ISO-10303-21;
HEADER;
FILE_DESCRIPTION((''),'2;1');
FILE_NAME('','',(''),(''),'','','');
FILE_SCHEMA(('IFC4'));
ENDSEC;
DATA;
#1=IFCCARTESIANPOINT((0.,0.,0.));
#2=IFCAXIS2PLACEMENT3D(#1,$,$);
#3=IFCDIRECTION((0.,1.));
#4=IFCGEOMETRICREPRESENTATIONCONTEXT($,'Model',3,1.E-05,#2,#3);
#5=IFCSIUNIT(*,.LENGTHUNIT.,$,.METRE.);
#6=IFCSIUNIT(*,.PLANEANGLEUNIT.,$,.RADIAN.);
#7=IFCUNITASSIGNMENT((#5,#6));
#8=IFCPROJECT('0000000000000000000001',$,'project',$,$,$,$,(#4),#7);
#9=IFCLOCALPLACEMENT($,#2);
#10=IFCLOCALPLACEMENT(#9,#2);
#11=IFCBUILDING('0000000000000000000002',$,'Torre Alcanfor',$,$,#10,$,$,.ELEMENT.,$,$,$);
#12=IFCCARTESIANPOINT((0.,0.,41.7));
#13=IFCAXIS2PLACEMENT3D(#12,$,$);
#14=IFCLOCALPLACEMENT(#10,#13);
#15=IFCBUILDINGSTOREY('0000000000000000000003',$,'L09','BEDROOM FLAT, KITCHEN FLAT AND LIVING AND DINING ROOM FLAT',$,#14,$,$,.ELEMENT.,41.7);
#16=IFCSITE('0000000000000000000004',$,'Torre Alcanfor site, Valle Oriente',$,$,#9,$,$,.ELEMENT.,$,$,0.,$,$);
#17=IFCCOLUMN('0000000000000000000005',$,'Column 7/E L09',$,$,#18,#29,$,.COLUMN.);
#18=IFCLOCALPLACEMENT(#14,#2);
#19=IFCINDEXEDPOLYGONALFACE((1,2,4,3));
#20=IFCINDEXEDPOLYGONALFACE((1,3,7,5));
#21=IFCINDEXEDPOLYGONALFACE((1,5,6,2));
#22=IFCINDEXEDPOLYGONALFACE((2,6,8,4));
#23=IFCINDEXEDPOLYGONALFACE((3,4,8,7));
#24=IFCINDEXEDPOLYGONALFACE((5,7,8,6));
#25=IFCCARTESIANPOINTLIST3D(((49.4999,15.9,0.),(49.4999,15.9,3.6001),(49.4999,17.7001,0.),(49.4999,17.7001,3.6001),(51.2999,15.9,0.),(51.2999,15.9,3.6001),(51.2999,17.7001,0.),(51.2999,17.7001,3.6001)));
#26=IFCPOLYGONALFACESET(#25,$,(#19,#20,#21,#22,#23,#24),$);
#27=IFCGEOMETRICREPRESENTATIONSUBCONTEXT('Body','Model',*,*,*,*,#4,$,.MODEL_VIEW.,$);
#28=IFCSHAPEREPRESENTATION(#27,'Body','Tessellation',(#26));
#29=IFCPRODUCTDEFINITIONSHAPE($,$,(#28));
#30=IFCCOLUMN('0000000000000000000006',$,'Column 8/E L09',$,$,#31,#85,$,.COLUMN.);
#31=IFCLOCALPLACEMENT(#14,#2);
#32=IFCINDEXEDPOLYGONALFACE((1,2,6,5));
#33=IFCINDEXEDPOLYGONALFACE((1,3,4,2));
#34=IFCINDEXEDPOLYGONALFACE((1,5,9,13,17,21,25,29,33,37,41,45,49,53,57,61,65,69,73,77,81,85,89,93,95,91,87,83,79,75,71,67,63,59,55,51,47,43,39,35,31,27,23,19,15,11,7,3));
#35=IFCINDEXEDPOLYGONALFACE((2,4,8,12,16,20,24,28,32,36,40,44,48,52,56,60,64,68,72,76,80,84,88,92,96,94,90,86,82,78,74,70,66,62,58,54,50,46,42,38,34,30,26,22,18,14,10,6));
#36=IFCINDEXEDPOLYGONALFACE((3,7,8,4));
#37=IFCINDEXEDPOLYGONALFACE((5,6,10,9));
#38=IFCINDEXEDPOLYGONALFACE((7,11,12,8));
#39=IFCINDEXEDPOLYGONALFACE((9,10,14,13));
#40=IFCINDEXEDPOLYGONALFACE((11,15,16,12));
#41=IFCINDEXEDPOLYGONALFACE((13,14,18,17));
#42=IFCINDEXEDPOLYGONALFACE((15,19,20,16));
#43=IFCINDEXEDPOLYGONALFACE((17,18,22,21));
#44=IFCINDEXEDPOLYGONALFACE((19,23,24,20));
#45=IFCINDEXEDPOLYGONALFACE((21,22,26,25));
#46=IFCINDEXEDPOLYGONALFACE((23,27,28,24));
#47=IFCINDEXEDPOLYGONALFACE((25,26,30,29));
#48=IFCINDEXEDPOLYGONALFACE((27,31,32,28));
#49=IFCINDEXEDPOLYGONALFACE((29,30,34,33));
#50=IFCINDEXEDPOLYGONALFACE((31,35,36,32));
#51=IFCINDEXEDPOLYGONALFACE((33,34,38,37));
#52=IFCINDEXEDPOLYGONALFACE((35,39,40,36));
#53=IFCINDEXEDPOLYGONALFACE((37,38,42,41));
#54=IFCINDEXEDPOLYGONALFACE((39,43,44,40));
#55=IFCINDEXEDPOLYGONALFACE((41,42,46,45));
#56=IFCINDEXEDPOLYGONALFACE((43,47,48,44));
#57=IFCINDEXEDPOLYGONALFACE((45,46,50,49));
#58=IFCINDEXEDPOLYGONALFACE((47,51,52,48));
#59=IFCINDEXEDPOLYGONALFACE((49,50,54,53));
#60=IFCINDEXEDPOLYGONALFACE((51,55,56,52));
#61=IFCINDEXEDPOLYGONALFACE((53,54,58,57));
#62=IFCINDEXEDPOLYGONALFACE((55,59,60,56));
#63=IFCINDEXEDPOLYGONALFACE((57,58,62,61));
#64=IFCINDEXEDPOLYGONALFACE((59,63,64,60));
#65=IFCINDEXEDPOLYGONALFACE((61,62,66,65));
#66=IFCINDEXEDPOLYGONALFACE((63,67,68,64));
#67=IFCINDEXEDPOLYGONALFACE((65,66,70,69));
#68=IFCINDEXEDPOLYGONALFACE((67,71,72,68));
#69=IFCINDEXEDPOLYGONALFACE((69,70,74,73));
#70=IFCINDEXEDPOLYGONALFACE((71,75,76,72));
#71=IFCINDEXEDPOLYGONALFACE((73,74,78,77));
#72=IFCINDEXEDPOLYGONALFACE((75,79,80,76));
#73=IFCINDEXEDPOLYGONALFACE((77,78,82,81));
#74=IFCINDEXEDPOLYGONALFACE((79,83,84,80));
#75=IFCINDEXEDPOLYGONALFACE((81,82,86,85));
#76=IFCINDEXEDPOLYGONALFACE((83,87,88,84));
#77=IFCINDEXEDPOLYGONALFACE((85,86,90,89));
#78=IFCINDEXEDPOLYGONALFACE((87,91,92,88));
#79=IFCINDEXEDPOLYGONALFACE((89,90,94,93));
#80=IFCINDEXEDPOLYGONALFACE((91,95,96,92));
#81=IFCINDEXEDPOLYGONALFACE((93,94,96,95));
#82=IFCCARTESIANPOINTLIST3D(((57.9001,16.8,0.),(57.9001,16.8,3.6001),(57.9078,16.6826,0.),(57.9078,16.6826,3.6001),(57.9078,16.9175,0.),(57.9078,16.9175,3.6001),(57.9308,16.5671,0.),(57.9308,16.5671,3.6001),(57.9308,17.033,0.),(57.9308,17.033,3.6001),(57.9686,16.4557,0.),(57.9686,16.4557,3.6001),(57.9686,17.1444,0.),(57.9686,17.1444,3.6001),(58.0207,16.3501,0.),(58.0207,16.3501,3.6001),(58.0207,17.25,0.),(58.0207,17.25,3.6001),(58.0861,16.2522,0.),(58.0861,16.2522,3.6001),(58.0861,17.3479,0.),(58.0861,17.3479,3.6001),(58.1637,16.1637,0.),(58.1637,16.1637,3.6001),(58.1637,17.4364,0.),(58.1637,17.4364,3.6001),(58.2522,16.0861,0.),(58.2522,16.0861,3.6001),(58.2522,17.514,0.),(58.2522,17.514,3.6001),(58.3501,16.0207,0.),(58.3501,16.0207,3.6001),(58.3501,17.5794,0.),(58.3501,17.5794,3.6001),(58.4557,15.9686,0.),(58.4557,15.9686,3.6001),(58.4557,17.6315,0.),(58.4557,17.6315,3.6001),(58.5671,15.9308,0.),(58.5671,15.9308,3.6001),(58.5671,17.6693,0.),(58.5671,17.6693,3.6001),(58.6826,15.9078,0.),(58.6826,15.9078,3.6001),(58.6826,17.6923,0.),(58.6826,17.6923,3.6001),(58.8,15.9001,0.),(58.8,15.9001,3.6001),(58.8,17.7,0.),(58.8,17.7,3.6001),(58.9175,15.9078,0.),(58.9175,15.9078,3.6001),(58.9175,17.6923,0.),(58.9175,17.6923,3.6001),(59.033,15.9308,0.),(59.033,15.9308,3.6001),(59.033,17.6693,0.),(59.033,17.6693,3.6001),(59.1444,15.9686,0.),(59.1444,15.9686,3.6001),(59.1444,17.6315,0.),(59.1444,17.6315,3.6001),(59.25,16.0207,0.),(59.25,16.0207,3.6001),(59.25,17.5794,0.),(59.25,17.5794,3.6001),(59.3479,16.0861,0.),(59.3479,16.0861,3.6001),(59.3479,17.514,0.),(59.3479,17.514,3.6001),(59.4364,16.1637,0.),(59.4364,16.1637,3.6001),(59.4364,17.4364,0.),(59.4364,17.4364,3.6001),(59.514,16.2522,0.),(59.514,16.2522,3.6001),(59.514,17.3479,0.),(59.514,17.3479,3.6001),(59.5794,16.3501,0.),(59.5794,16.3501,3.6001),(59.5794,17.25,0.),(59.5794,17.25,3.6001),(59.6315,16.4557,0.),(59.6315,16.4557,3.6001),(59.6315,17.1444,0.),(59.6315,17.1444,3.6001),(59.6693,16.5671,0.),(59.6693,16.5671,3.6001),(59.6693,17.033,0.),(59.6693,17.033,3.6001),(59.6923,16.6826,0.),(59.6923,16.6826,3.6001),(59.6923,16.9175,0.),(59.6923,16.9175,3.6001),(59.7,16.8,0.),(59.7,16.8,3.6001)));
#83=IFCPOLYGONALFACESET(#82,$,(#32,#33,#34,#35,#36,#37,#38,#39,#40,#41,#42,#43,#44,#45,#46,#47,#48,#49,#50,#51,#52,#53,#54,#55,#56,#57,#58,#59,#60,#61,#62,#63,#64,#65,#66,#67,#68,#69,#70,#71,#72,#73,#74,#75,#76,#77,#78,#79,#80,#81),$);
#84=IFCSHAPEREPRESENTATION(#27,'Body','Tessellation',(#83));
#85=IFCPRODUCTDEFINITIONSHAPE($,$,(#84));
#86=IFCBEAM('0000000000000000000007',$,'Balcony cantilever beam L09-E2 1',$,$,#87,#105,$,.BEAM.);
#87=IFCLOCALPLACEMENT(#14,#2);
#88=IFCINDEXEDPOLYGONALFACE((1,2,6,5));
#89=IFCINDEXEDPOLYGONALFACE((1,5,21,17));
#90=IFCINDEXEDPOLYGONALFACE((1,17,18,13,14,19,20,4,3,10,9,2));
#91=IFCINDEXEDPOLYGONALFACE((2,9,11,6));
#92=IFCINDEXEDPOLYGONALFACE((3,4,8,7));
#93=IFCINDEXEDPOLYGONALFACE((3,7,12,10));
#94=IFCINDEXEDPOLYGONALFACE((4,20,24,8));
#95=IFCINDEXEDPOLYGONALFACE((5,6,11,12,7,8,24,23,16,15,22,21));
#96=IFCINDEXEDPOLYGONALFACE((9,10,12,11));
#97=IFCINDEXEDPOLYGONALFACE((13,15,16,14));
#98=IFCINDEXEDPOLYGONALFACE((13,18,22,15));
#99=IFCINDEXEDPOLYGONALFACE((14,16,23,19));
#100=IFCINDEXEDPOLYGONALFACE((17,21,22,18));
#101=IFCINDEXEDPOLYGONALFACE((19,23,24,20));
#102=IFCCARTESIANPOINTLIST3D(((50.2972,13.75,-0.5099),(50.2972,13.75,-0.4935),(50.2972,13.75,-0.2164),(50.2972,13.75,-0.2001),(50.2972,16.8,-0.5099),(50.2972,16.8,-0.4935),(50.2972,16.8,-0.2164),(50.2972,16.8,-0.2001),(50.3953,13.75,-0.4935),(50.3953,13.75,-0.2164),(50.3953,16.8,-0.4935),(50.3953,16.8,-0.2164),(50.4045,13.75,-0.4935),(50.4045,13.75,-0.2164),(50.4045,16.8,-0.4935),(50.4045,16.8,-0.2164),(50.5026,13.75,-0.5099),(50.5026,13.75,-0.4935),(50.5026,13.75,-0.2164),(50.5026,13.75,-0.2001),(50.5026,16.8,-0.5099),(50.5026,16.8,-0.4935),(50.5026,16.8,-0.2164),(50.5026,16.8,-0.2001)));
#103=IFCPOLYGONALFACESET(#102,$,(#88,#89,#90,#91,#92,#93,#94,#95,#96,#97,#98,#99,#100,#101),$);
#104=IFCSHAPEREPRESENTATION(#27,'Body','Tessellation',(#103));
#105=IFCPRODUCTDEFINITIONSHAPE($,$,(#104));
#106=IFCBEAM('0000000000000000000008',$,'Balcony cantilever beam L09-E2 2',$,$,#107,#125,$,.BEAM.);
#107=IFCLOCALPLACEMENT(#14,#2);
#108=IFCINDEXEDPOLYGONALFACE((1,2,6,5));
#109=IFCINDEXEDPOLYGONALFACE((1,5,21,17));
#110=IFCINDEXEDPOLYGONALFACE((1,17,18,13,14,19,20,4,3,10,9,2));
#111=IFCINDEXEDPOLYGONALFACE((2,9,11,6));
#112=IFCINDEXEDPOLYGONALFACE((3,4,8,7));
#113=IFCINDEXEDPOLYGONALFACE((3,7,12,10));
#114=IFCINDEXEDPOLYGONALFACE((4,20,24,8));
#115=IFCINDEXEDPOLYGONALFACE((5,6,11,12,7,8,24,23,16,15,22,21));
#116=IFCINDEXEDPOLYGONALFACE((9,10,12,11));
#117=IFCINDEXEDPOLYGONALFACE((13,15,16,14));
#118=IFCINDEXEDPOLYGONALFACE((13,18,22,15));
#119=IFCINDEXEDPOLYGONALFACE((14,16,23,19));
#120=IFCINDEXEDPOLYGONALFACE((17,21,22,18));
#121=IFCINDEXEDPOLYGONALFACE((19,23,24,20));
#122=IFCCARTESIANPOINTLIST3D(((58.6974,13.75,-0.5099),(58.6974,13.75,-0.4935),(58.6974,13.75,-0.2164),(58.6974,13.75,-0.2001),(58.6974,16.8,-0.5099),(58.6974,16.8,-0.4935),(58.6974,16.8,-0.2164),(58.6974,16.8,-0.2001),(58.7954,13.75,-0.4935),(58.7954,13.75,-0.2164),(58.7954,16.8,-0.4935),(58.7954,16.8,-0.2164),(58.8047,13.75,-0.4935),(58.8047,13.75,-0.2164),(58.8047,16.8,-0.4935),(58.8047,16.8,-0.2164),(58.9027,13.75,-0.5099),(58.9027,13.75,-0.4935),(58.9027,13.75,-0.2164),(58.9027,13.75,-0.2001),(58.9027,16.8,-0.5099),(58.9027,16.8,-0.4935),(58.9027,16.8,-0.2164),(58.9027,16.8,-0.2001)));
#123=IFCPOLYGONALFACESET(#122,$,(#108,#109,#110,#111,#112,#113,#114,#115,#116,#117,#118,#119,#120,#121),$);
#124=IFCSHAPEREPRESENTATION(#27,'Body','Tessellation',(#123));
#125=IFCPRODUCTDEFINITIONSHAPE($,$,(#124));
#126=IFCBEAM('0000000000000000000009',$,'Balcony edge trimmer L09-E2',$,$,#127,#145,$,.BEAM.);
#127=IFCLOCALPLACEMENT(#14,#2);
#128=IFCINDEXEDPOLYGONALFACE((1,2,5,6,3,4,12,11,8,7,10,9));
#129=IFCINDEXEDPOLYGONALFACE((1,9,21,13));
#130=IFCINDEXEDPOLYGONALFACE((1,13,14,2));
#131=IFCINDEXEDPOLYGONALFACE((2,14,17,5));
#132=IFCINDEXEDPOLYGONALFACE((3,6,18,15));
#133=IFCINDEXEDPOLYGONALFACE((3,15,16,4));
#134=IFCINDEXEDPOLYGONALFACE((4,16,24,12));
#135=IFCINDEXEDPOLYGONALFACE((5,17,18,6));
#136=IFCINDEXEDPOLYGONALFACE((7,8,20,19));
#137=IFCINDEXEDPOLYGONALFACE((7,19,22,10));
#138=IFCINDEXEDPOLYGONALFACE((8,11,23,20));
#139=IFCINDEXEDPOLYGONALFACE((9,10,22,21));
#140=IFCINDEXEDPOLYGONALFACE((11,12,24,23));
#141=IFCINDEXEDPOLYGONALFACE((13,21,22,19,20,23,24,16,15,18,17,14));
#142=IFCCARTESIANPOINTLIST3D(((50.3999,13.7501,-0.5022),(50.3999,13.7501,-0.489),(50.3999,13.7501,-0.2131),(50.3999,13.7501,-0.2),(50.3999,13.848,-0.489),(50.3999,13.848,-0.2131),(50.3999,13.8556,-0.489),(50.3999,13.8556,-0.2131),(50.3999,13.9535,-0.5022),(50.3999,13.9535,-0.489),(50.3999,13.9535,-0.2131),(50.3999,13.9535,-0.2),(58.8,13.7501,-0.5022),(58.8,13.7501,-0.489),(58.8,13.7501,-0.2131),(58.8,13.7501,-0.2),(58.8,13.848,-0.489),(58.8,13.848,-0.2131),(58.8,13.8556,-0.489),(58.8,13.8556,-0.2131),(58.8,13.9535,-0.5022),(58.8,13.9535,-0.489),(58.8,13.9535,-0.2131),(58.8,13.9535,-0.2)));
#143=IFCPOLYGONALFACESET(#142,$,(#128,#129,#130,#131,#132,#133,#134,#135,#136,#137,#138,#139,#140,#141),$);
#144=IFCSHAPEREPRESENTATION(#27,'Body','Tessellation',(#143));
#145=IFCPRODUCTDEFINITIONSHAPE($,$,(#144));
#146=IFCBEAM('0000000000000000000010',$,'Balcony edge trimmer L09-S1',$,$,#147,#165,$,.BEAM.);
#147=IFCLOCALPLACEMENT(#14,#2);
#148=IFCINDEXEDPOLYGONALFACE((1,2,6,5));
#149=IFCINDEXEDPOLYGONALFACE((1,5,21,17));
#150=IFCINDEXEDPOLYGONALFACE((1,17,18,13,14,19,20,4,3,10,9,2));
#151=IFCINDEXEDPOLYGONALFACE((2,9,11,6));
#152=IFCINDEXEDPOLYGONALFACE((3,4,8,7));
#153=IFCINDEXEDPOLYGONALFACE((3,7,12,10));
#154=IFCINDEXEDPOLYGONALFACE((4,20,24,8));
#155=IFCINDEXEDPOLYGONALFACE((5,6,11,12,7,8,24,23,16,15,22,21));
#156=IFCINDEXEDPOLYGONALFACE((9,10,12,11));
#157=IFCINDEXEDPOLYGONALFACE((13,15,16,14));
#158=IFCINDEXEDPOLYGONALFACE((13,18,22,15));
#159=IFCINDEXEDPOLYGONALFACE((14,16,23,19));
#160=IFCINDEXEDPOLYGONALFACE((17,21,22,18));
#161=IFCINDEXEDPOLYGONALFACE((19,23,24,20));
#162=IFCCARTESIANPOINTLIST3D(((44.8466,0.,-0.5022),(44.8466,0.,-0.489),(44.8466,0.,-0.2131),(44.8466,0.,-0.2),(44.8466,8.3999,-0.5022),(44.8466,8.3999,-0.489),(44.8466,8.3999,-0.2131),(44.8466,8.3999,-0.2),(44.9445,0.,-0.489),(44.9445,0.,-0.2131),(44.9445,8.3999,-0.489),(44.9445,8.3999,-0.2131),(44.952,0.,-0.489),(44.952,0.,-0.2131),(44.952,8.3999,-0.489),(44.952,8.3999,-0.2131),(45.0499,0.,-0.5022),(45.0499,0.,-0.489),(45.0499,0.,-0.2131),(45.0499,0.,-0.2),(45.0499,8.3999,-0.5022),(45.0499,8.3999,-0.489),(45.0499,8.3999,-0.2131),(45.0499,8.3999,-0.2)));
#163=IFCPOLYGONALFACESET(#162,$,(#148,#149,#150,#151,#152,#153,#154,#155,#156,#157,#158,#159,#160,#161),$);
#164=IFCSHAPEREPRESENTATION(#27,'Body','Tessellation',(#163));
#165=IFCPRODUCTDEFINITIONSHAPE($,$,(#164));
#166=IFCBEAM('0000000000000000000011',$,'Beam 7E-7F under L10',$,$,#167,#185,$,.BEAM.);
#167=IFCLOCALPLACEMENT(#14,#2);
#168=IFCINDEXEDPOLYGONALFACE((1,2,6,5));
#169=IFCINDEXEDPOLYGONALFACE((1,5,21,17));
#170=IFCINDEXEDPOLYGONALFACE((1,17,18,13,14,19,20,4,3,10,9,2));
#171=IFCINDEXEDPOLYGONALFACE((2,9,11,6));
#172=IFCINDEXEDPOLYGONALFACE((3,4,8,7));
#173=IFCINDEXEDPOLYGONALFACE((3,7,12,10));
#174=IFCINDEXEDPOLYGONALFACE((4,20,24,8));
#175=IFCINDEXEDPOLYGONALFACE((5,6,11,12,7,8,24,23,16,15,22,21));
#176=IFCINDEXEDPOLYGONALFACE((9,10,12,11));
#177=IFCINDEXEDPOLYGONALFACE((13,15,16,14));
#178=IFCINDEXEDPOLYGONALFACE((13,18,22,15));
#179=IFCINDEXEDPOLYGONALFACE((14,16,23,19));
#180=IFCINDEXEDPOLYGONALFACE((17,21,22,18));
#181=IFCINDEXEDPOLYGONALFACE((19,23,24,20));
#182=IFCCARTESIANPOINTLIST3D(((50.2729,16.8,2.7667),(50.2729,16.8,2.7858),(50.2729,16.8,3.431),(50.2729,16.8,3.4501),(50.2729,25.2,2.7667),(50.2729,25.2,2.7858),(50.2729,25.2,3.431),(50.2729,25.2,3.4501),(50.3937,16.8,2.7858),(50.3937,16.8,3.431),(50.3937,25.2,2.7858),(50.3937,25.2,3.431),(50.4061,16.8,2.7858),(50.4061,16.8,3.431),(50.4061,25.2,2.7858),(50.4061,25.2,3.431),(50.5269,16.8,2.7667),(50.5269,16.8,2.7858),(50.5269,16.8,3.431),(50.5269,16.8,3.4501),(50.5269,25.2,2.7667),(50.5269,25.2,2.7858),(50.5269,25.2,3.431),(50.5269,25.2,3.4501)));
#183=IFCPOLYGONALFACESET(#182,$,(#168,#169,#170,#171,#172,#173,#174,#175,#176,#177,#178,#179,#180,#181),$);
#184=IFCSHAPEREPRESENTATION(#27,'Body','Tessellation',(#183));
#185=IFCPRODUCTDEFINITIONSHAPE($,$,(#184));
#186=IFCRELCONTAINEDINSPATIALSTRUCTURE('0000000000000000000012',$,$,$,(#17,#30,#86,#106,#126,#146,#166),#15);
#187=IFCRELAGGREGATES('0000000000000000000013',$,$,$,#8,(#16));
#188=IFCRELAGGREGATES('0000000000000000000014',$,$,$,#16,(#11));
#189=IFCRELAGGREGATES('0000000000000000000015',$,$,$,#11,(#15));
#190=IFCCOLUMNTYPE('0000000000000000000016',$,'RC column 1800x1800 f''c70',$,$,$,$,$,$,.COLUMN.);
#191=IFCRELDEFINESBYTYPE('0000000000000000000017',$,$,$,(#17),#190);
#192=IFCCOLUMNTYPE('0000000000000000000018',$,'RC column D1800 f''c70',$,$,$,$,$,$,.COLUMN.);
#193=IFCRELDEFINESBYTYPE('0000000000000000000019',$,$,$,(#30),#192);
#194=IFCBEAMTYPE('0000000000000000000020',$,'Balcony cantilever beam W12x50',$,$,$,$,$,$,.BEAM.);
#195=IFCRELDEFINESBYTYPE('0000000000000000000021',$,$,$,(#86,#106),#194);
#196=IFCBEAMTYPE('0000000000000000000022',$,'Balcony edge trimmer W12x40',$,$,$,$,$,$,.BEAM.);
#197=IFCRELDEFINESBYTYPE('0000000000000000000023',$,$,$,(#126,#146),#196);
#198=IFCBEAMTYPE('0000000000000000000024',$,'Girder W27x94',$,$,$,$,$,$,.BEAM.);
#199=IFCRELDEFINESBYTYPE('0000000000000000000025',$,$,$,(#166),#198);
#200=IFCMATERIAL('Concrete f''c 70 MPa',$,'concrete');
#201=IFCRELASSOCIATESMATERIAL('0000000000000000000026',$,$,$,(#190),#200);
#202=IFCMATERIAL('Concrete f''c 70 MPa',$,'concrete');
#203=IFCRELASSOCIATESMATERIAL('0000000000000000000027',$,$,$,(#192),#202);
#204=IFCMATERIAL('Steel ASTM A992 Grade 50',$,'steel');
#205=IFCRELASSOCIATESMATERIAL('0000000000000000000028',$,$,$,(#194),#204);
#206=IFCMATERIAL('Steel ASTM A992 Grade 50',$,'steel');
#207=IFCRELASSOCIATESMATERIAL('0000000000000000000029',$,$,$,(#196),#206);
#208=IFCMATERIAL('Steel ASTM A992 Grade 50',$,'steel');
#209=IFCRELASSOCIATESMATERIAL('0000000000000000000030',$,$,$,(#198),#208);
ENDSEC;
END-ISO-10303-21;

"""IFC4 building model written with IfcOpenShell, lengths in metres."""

from ifc_helpers import new_model, si_unit, direction, frame, origin, origin_2d, place, context, subcontext, project, spatial, rectangle, circle, i_section, extrude, material, material_profile, profile_set, type_object, element, save


model = new_model("IFC4")

# Units and contexts
model_context = context("Model", 3, precision=1e-05, world=origin(), true_north=direction((0.0, 1.0)))
body_context = subcontext(model_context, "Body", "Model", "MODEL_VIEW")
ifc_project = project(units=[si_unit("LENGTHUNIT", "METRE"), si_unit("PLANEANGLEUNIT", "RADIAN")], contexts=[model_context])

# Site, building, storey
site_placement = place(None, origin())
site = spatial("IfcSite", under=ifc_project, at=site_placement, Name="Torre Alcanfor site, Valle Oriente", CompositionType="ELEMENT", RefElevation=0.0)
building_placement = place(site_placement, origin())
building = spatial("IfcBuilding", under=site, at=building_placement, Name="Torre Alcanfor", CompositionType="ELEMENT")
storey_placement = place(building_placement, frame((0.0, 0.0, 41.7)))
storey = spatial("IfcBuildingStorey", under=building, at=storey_placement, Name="L09", Description="BEDROOM FLAT, KITCHEN FLAT AND LIVING AND DINING ROOM FLAT", CompositionType="ELEMENT", Elevation=41.7)

# Columns
ifc_material_1 = material(Name="Concrete f'c 70 MPa", Category="concrete")
ifc_material_profile_1 = material_profile(ifc_material_1, rectangle(XDim=1.8, YDim=1.8, at=origin_2d()), Name="1800x1800")
ifc_profile_set_1 = profile_set([ifc_material_profile_1], Name="Concrete f'c 70 MPa")
column_type_1 = type_object("IfcColumnType", Name="RC column 1800x1800 f'c70", PredefinedType="COLUMN", material=ifc_profile_set_1)
column_1_placement = place(storey_placement, frame((50.3999, 16.8, 0.0), z_axis=(0.0, 0.0, 1.0), x_axis=(1.0, 0.0, 0.0)))
element("IfcColumn", 1, at=column_1_placement, inside=storey, type_object=column_type_1, Name="Column 7/E L09", PredefinedType="COLUMN", context=body_context, shape_type="SweptSolid", body=[
    extrude(rectangle(XDim=1.8, YDim=1.8, at=origin_2d()), origin(), (0.0, 0.0, 1.0), 3.6001),
])
ifc_material_2 = material(Name="Concrete f'c 70 MPa", Category="concrete")
ifc_material_profile_2 = material_profile(ifc_material_2, circle(Radius=0.8999, at=origin_2d()), Name="D1800")
ifc_profile_set_2 = profile_set([ifc_material_profile_2], Name="Concrete f'c 70 MPa")
column_type_2 = type_object("IfcColumnType", Name="RC column D1800 f'c70", PredefinedType="COLUMN", material=ifc_profile_set_2)
column_2_placement = place(storey_placement, frame((58.8, 16.8, 0.0), z_axis=(0.0, 0.0, 1.0), x_axis=(1.0, 0.0, 0.0)))
element("IfcColumn", 2, at=column_2_placement, inside=storey, type_object=column_type_2, Name="Column 8/E L09", PredefinedType="COLUMN", context=body_context, shape_type="SweptSolid", body=[
    extrude(circle(Radius=0.8999, at=origin_2d()), origin(), (0.0, 0.0, 1.0), 3.6001),
])

# Beams
ifc_material_3 = material(Name="Steel ASTM A992 Grade 50", Category="steel")
ifc_material_profile_3 = material_profile(ifc_material_3, i_section(OverallWidth=0.2053, OverallDepth=0.3098, WebThickness=0.0093, FlangeThickness=0.0164, at=origin_2d()), Name="W12x50")
ifc_profile_set_3 = profile_set([ifc_material_profile_3], Name="Steel ASTM A992 Grade 50")
beam_type_1 = type_object("IfcBeamType", Name="Balcony cantilever beam W12x50", PredefinedType="BEAM", material=ifc_profile_set_3)
for number, where, z_axis, x_axis, name in (
    (3, (50.3999, 16.8, -0.355), (0.0, -1.0, 0.0), (1.0, 0.0, 0.0), "Balcony cantilever beam L09-E2 1"),
    (4, (58.8, 16.8, -0.355), (0.0, -1.0, 0.0), (1.0, 0.0, 0.0), "Balcony cantilever beam L09-E2 2"),
):
    element("IfcBeam", number, at=place(storey_placement, frame(where, z_axis=z_axis, x_axis=x_axis)), inside=storey, type_object=beam_type_1, Name=name, PredefinedType="BEAM", context=body_context, shape_type="SweptSolid", body=[
        extrude(i_section(OverallWidth=0.2053, OverallDepth=0.3098, WebThickness=0.0093, FlangeThickness=0.0164, at=origin_2d()), origin(), (0.0, 0.0, 1.0), 3.05),
    ])
ifc_material_4 = material(Name="Steel ASTM A992 Grade 50", Category="steel")
ifc_material_profile_4 = material_profile(ifc_material_4, i_section(OverallWidth=0.2034, OverallDepth=0.3022, WebThickness=0.0076, FlangeThickness=0.0132, at=origin_2d()), Name="W12x40")
ifc_profile_set_4 = profile_set([ifc_material_profile_4], Name="Steel ASTM A992 Grade 50")
beam_type_2 = type_object("IfcBeamType", Name="Balcony edge trimmer W12x40", PredefinedType="BEAM", material=ifc_profile_set_4)
beam_1_placement = place(storey_placement, frame((50.3999, 13.8518, -0.3511), z_axis=(1.0, 0.0, 0.0), x_axis=(0.0, 1.0, 0.0)))
element("IfcBeam", 5, at=beam_1_placement, inside=storey, type_object=beam_type_2, Name="Balcony edge trimmer L09-E2", PredefinedType="BEAM", context=body_context, shape_type="SweptSolid", body=[
    extrude(i_section(OverallWidth=0.2034, OverallDepth=0.3022, WebThickness=0.0076, FlangeThickness=0.0132, at=origin_2d()), origin(), (0.0, 0.0, 1.0), 8.4001),
])
beam_2_placement = place(storey_placement, frame((44.9482, 8.3999, -0.3511), z_axis=(0.0, -1.0, 0.0), x_axis=(1.0, 0.0, 0.0)))
element("IfcBeam", 6, at=beam_2_placement, inside=storey, type_object=beam_type_2, Name="Balcony edge trimmer L09-S1", PredefinedType="BEAM", context=body_context, shape_type="SweptSolid", body=[
    extrude(i_section(OverallWidth=0.2034, OverallDepth=0.3022, WebThickness=0.0076, FlangeThickness=0.0132, at=origin_2d()), origin(), (0.0, 0.0, 1.0), 8.3999),
])
ifc_material_5 = material(Name="Steel ASTM A992 Grade 50", Category="steel")
ifc_material_profile_5 = material_profile(ifc_material_5, i_section(OverallWidth=0.2539, OverallDepth=0.6833, WebThickness=0.0125, FlangeThickness=0.019, at=origin_2d()), Name="W27x94")
ifc_profile_set_5 = profile_set([ifc_material_profile_5], Name="Steel ASTM A992 Grade 50")
beam_type_3 = type_object("IfcBeamType", Name="Girder W27x94", PredefinedType="BEAM", material=ifc_profile_set_5)
beam_3_placement = place(storey_placement, frame((50.3999, 16.8, 3.1084), z_axis=(0.0, 1.0, 0.0), x_axis=(-1.0, 0.0, 0.0)))
element("IfcBeam", 7, at=beam_3_placement, inside=storey, type_object=beam_type_3, Name="Beam 7E-7F under L10", PredefinedType="BEAM", context=body_context, shape_type="SweptSolid", body=[
    extrude(i_section(OverallWidth=0.2539, OverallDepth=0.6833, WebThickness=0.0125, FlangeThickness=0.019, at=origin_2d()), origin(), (0.0, 0.0, 1.0), 8.3999),
])

save(model, "model.ifc")
